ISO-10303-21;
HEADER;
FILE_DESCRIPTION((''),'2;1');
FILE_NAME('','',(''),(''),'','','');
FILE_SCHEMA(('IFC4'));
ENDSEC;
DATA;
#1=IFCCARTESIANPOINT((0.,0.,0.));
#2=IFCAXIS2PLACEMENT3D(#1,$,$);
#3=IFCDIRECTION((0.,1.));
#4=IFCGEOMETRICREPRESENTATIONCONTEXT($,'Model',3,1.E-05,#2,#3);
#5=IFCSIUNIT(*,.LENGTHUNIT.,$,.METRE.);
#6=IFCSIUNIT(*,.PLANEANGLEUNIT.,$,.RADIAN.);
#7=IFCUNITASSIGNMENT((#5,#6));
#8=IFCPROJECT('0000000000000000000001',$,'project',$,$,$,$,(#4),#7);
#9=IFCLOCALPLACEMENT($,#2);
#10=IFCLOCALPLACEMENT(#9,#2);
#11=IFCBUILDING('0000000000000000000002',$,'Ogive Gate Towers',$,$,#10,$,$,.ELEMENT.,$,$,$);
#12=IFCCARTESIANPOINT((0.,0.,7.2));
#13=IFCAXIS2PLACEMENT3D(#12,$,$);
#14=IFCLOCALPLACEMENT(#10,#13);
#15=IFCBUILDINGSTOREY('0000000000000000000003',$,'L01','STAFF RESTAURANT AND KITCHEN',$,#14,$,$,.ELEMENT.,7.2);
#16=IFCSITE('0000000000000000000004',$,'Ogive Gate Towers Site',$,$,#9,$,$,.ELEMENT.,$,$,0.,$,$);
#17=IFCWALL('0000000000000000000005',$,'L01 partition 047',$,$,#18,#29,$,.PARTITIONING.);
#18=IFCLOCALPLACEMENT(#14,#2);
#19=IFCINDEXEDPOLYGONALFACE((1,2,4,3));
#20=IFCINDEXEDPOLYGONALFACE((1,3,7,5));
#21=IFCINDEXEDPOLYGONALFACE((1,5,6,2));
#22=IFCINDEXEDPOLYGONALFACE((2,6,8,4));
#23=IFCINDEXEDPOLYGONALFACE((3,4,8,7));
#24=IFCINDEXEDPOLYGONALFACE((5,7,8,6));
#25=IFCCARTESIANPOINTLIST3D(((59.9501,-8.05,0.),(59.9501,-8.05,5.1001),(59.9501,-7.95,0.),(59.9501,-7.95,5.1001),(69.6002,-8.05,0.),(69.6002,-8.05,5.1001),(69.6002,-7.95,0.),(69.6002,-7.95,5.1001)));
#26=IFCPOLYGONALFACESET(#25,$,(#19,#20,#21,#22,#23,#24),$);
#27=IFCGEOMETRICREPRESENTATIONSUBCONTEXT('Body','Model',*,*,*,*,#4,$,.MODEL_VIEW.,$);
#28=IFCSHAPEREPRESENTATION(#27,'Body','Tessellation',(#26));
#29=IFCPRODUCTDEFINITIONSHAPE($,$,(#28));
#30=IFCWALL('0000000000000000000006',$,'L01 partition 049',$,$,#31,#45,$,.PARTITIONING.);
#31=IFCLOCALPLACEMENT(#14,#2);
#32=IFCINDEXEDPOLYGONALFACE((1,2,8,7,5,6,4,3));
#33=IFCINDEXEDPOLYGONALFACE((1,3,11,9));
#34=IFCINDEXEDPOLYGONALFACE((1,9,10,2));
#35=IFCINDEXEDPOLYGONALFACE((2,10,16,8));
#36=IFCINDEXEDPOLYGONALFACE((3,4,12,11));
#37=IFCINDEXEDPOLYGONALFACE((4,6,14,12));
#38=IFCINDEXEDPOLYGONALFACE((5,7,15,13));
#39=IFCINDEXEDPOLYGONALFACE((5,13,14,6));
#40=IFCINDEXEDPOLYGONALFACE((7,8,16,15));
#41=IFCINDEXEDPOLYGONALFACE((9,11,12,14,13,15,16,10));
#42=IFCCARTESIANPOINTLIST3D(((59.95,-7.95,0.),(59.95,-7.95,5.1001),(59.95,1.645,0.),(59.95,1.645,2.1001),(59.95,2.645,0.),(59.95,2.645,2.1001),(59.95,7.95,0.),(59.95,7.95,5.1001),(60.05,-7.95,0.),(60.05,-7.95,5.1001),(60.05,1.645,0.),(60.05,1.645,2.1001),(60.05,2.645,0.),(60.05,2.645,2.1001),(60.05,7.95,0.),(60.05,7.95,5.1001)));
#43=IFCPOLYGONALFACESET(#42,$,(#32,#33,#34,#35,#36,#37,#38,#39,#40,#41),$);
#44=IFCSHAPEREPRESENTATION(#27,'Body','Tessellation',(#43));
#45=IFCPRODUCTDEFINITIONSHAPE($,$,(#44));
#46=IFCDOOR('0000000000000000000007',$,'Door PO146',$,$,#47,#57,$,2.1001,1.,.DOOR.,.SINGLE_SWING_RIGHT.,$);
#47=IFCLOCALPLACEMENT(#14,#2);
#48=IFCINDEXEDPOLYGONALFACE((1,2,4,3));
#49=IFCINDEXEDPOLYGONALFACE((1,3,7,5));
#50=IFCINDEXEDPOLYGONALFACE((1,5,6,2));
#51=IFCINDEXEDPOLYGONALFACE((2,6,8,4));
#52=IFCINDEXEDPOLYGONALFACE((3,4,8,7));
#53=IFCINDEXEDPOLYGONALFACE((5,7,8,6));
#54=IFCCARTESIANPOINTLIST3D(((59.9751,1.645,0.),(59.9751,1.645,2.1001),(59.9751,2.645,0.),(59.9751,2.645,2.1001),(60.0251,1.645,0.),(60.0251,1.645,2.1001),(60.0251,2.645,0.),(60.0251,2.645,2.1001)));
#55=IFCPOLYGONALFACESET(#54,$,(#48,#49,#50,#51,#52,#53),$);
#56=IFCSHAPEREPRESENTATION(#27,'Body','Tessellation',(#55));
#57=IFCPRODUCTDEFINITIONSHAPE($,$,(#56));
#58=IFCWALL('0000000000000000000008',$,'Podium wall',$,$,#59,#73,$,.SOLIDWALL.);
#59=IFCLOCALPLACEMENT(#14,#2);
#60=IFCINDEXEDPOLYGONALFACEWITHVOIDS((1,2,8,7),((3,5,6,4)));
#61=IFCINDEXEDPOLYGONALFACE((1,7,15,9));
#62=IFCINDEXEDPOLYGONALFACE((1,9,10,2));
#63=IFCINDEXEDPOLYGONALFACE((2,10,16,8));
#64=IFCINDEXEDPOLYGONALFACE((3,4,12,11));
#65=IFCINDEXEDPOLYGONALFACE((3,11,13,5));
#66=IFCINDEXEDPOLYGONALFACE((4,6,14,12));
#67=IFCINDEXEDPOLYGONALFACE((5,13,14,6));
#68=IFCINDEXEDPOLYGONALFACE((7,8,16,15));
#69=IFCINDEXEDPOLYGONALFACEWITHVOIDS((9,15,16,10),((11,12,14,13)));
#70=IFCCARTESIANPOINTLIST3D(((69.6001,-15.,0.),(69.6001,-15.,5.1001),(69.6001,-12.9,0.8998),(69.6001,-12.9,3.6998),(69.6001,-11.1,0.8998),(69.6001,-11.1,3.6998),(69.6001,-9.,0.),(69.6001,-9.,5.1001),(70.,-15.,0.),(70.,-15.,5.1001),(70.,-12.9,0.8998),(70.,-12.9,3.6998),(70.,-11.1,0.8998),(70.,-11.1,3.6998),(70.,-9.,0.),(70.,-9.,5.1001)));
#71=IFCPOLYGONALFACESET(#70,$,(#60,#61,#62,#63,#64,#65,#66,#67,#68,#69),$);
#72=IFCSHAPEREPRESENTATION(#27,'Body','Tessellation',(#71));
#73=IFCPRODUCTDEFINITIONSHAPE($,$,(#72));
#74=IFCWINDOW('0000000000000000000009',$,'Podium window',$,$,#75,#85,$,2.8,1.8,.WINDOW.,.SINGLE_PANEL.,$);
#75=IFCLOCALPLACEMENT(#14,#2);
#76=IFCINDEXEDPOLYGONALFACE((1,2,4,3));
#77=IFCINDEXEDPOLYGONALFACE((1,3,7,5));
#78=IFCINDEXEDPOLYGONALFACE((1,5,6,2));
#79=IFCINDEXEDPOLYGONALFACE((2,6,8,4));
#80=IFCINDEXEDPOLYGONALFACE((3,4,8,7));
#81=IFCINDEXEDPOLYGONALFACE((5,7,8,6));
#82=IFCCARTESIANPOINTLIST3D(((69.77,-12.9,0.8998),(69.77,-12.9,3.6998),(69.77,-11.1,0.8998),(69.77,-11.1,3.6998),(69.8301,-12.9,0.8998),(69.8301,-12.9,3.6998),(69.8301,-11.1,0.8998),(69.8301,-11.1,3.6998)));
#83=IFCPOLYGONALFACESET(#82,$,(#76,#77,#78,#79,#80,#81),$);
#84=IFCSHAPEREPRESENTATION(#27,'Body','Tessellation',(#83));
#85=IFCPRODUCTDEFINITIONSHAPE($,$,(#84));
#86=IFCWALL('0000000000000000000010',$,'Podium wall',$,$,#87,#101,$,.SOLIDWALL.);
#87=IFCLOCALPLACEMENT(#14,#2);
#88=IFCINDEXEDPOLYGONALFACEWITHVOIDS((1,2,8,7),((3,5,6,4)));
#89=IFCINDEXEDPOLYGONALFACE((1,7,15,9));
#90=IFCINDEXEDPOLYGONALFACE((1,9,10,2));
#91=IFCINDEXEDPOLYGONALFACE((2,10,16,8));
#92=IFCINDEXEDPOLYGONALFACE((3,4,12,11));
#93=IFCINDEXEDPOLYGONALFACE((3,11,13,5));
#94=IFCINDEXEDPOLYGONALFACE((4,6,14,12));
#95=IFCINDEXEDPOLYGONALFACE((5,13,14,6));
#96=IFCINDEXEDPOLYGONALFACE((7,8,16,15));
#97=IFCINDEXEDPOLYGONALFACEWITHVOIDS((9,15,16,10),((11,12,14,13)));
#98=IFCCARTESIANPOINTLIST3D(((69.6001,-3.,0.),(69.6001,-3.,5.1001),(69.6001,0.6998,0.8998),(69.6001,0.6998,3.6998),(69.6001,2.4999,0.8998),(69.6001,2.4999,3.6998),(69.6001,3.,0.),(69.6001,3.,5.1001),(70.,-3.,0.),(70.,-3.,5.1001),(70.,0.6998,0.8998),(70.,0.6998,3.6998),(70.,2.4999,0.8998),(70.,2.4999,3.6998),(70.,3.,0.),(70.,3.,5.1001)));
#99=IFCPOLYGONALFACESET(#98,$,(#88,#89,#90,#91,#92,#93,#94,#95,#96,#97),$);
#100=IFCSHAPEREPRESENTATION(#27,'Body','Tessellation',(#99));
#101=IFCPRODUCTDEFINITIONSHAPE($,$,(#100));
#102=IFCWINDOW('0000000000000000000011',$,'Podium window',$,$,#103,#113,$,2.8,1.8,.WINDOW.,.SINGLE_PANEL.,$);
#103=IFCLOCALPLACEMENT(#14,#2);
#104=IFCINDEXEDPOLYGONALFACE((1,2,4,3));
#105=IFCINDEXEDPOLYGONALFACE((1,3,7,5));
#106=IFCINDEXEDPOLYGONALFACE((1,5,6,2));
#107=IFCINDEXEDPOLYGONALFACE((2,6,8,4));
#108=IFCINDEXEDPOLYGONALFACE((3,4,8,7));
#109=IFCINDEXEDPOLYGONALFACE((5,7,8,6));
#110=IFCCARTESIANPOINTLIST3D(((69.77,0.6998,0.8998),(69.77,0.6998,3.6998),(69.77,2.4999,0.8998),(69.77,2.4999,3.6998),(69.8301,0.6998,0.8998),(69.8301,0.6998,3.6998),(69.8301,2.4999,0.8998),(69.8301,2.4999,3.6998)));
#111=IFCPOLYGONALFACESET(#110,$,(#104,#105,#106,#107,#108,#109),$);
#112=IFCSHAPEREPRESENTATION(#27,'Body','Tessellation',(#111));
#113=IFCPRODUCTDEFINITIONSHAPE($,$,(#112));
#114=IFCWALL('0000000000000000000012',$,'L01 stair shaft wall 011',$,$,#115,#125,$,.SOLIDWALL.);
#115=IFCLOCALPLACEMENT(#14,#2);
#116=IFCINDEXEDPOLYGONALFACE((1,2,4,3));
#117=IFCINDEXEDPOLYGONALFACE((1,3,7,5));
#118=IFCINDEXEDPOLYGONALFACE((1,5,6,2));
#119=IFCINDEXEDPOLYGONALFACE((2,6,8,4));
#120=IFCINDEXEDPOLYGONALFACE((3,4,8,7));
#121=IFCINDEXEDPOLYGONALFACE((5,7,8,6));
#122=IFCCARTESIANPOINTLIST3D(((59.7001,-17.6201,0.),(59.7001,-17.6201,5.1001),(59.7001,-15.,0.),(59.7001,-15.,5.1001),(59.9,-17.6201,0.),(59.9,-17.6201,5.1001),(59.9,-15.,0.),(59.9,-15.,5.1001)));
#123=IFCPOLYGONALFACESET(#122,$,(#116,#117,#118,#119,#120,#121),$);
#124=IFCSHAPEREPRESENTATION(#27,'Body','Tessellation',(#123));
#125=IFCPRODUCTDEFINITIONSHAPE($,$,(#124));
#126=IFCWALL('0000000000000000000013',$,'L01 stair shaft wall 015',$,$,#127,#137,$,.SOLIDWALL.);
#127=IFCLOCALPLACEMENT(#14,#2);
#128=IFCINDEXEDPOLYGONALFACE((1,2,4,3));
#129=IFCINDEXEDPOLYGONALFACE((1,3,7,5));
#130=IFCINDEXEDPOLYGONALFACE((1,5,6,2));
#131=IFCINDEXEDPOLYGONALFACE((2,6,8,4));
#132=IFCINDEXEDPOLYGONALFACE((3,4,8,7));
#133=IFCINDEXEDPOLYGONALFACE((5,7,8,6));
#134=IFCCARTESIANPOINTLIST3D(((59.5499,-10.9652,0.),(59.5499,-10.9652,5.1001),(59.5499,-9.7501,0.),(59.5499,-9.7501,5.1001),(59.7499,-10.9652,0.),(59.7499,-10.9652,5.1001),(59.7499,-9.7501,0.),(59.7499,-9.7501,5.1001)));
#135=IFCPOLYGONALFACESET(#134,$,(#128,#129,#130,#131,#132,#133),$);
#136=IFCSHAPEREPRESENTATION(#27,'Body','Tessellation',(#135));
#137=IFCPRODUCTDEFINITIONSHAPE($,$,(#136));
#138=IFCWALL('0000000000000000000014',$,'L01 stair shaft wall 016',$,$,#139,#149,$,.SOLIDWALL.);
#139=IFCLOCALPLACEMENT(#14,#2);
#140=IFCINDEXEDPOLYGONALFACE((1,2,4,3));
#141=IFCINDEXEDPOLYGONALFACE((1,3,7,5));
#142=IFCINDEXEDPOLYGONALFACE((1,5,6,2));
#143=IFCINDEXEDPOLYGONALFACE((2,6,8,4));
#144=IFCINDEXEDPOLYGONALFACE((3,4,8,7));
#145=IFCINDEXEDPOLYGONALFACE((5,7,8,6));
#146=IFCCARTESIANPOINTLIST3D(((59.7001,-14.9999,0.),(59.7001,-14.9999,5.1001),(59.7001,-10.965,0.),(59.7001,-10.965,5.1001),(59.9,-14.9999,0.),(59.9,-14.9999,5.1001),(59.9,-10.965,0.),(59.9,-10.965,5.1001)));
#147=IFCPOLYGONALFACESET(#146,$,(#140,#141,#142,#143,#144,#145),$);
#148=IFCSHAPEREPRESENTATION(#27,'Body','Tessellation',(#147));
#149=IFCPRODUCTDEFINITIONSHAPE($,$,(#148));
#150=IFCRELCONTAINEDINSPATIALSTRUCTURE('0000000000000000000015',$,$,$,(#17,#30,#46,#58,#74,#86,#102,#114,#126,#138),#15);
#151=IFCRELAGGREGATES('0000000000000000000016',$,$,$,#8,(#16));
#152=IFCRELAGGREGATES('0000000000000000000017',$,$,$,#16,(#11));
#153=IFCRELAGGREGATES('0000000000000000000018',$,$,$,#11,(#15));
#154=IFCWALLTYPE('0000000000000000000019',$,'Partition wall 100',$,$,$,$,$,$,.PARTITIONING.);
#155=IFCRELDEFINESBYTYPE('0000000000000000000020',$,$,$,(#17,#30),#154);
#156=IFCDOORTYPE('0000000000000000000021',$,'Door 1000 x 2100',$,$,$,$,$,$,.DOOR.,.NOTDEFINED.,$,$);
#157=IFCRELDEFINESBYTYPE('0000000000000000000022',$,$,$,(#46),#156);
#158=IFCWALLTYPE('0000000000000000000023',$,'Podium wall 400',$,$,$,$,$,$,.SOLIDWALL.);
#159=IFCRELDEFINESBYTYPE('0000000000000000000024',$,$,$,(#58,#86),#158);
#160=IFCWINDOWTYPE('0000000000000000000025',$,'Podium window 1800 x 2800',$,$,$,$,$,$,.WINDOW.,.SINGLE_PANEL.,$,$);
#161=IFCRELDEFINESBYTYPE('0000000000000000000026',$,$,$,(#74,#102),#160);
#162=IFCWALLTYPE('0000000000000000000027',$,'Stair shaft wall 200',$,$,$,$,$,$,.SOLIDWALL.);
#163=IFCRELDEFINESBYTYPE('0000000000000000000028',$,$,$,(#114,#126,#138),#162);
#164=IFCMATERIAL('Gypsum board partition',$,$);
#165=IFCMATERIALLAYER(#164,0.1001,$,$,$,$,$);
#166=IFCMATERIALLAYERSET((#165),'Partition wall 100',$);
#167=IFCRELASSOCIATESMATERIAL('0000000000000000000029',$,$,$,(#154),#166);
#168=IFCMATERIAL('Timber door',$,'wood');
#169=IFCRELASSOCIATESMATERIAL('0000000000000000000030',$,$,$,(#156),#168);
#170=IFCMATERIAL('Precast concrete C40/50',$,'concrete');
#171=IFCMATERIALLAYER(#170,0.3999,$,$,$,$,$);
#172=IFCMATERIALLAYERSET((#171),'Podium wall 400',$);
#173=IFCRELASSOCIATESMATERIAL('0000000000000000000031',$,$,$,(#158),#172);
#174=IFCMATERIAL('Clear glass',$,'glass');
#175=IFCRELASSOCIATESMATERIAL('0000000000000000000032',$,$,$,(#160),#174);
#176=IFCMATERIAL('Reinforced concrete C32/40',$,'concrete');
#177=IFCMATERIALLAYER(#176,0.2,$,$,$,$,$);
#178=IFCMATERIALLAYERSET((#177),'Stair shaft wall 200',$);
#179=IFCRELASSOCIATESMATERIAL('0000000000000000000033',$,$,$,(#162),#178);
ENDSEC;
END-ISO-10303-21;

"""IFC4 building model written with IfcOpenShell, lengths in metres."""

from ifc_helpers import new_model, si_unit, direction, frame, frame_2d, origin, place, context, subcontext, project, spatial, rectangle, extrude, material, layer, layer_set, type_object, element, fill, save


model = new_model("IFC4")

# Units and contexts
model_context = context("Model", 3, precision=1e-05, world=origin(), true_north=direction((0.0, 1.0)))
body_context = subcontext(model_context, "Body", "Model", "MODEL_VIEW")
ifc_project = project(units=[si_unit("LENGTHUNIT", "METRE"), si_unit("PLANEANGLEUNIT", "RADIAN")], contexts=[model_context])

# Site, building, storey
site_placement = place(None, origin())
site = spatial("IfcSite", under=ifc_project, at=site_placement, Name="Ogive Gate Towers Site", CompositionType="ELEMENT", RefElevation=0.0)
building_placement = place(site_placement, origin())
building = spatial("IfcBuilding", under=site, at=building_placement, Name="Ogive Gate Towers", CompositionType="ELEMENT")
storey_placement = place(building_placement, frame((0.0, 0.0, 7.2)))
storey = spatial("IfcBuildingStorey", under=building, at=storey_placement, Name="L01", Description="STAFF RESTAURANT AND KITCHEN", CompositionType="ELEMENT", Elevation=7.2)

# Wall
ifc_material_1 = material(Name="Gypsum board partition")
ifc_layer_1 = layer(ifc_material_1, 0.1001)
ifc_layer_set_1 = layer_set([ifc_layer_1], Name="Partition wall 100")
wall_type_1 = type_object("IfcWallType", Name="Partition wall 100", PredefinedType="PARTITIONING", material=ifc_layer_set_1)
wall_1_placement = place(storey_placement, frame((59.95, -8.0, 0.0), z_axis=(0.0, 0.0, 1.0), x_axis=(1.0, 0.0, 0.0)))
element("IfcWall", 1, at=wall_1_placement, inside=storey, type_object=wall_type_1, Name="L01 partition 047", PredefinedType="PARTITIONING", context=body_context, shape_type="SweptSolid", body=[
    extrude(rectangle(XDim=9.6501, YDim=0.1001, at=frame_2d((4.8252, 0.0))), origin(), (0.0, 0.0, 1.0), 5.1001),
])

# Wall, opening, door
wall_2_placement = place(storey_placement, frame((60.0, -7.95, 0.0), z_axis=(0.0, 0.0, 1.0), x_axis=(0.0, 1.0, 0.0)))
wall_2 = element("IfcWall", 2, at=wall_2_placement, inside=storey, type_object=wall_type_1, Name="L01 partition 049", PredefinedType="PARTITIONING", context=body_context, shape_type="SweptSolid", body=[
    extrude(rectangle(XDim=15.8999, YDim=0.1001, at=frame_2d((7.95, 0.0))), origin(), (0.0, 0.0, 1.0), 5.1001),
])
opening_1_placement = place(wall_2_placement, frame((9.595, 0.0, 0.0)))
opening_1 = element("IfcOpeningElement", 3, at=opening_1_placement, cuts=wall_2, PredefinedType="OPENING", context=body_context, shape_type="SweptSolid", body=[
    extrude(rectangle(XDim=1.0, YDim=2.1001, at=frame_2d((0.5, 1.05))), frame((0.0, 0.0601, 0.0), z_axis=(0.0, -1.0, 0.0), x_axis=(1.0, 0.0, 0.0)), (0.0, 0.0, 1.0), 0.1201),
])
ifc_material_2 = material(Name="Timber door", Category="wood")
door_type_1 = type_object("IfcDoorType", Name="Door 1000 x 2100", OperationType="NOTDEFINED", PredefinedType="DOOR", material=ifc_material_2)
door_1_placement = place(opening_1_placement, origin())
door_1 = element("IfcDoor", 4, at=door_1_placement, inside=storey, type_object=door_type_1, Name="Door PO146", OperationType="SINGLE_SWING_RIGHT", OverallHeight=2.1001, OverallWidth=1.0, PredefinedType="DOOR", context=body_context, shape_type="SweptSolid", body=[
    extrude(rectangle(XDim=1.0, YDim=2.1001, at=frame_2d((0.5, 1.05))), frame((0.0, 0.0249, 0.0), z_axis=(0.0, -1.0, 0.0), x_axis=(1.0, 0.0, 0.0)), (0.0, 0.0, 1.0), 0.05),
])
fill(opening_1, door_1)

# Wall, opening, window
ifc_material_3 = material(Name="Precast concrete C40/50", Category="concrete")
ifc_layer_2 = layer(ifc_material_3, 0.3999)
ifc_layer_set_2 = layer_set([ifc_layer_2], Name="Podium wall 400")
wall_type_2 = type_object("IfcWallType", Name="Podium wall 400", PredefinedType="SOLIDWALL", material=ifc_layer_set_2)
wall_3_placement = place(storey_placement, frame((69.8, -15.0, 0.0), z_axis=(0.0, 0.0, 1.0), x_axis=(0.0, 1.0, 0.0)))
wall_3 = element("IfcWall", 5, at=wall_3_placement, inside=storey, type_object=wall_type_2, Name="Podium wall", PredefinedType="SOLIDWALL", context=body_context, shape_type="SweptSolid", body=[
    extrude(rectangle(XDim=6.0, YDim=0.3999, at=frame_2d((3.0, 0.0))), origin(), (0.0, 0.0, 1.0), 5.1001),
])
opening_2_placement = place(wall_3_placement, frame((2.1001, 0.0, 0.8999)))
opening_2 = element("IfcOpeningElement", 6, at=opening_2_placement, cuts=wall_3, PredefinedType="OPENING", context=body_context, shape_type="SweptSolid", body=[
    extrude(rectangle(XDim=1.8, YDim=2.8, at=frame_2d((0.8999, 1.3999))), frame((0.0, 0.21, 0.0), z_axis=(0.0, -1.0, 0.0), x_axis=(1.0, 0.0, 0.0)), (0.0, 0.0, 1.0), 0.4199),
])
ifc_material_4 = material(Name="Clear glass", Category="glass")
window_type = type_object("IfcWindowType", Name="Podium window 1800 x 2800", PartitioningType="SINGLE_PANEL", PredefinedType="WINDOW", material=ifc_material_4)
window_1_placement = place(opening_2_placement, origin())
window_1 = element("IfcWindow", 7, at=window_1_placement, inside=storey, type_object=window_type, Name="Podium window", OverallHeight=2.8, OverallWidth=1.8, PartitioningType="SINGLE_PANEL", PredefinedType="WINDOW", context=body_context, shape_type="SweptSolid", body=[
    extrude(rectangle(XDim=1.8, YDim=2.8, at=frame_2d((0.8999, 1.3999))), frame((0.0, 0.03, 0.0), z_axis=(0.0, -1.0, 0.0), x_axis=(1.0, 0.0, 0.0)), (0.0, 0.0, 1.0), 0.0601),
])
fill(opening_2, window_1)

# Wall, opening, window
wall_4_placement = place(storey_placement, frame((69.8, -3.0, 0.0), z_axis=(0.0, 0.0, 1.0), x_axis=(0.0, 1.0, 0.0)))
wall_4 = element("IfcWall", 8, at=wall_4_placement, inside=storey, type_object=wall_type_2, Name="Podium wall", PredefinedType="SOLIDWALL", context=body_context, shape_type="SweptSolid", body=[
    extrude(rectangle(XDim=6.0, YDim=0.3999, at=frame_2d((3.0, 0.0))), origin(), (0.0, 0.0, 1.0), 5.1001),
])
opening_3_placement = place(wall_4_placement, frame((3.7, 0.0, 0.8999)))
opening_3 = element("IfcOpeningElement", 9, at=opening_3_placement, cuts=wall_4, PredefinedType="OPENING", context=body_context, shape_type="SweptSolid", body=[
    extrude(rectangle(XDim=1.8, YDim=2.8, at=frame_2d((0.8999, 1.3999))), frame((0.0, 0.21, 0.0), z_axis=(0.0, -1.0, 0.0), x_axis=(1.0, 0.0, 0.0)), (0.0, 0.0, 1.0), 0.4199),
])
window_2_placement = place(opening_3_placement, origin())
window_2 = element("IfcWindow", 10, at=window_2_placement, inside=storey, type_object=window_type, Name="Podium window", OverallHeight=2.8, OverallWidth=1.8, PartitioningType="SINGLE_PANEL", PredefinedType="WINDOW", context=body_context, shape_type="SweptSolid", body=[
    extrude(rectangle(XDim=1.8, YDim=2.8, at=frame_2d((0.8999, 1.3999))), frame((0.0, 0.03, 0.0), z_axis=(0.0, -1.0, 0.0), x_axis=(1.0, 0.0, 0.0)), (0.0, 0.0, 1.0), 0.0601),
])
fill(opening_3, window_2)

# Walls
ifc_material_5 = material(Name="Reinforced concrete C32/40", Category="concrete")
ifc_layer_3 = layer(ifc_material_5, 0.2)
ifc_layer_set_3 = layer_set([ifc_layer_3], Name="Stair shaft wall 200")
wall_type_3 = type_object("IfcWallType", Name="Stair shaft wall 200", PredefinedType="SOLIDWALL", material=ifc_layer_set_3)
wall_5_placement = place(storey_placement, frame((59.8, -17.6201, 0.0), z_axis=(0.0, 0.0, 1.0), x_axis=(0.0, 1.0, 0.0)))
element("IfcWall", 11, at=wall_5_placement, inside=storey, type_object=wall_type_3, Name="L01 stair shaft wall 011", PredefinedType="SOLIDWALL", context=body_context, shape_type="SweptSolid", body=[
    extrude(rectangle(XDim=2.6201, YDim=0.2, at=frame_2d((1.3101, 0.0))), origin(), (0.0, 0.0, 1.0), 5.1001),
])
wall_6_placement = place(storey_placement, frame((59.6499, -10.9651, 0.0), z_axis=(0.0, 0.0, 1.0), x_axis=(0.0, 1.0, 0.0)))
element("IfcWall", 12, at=wall_6_placement, inside=storey, type_object=wall_type_3, Name="L01 stair shaft wall 015", PredefinedType="SOLIDWALL", context=body_context, shape_type="SweptSolid", body=[
    extrude(rectangle(XDim=1.2151, YDim=0.2, at=frame_2d((0.6074, 0.0))), origin(), (0.0, 0.0, 1.0), 5.1001),
])
wall_7_placement = place(storey_placement, frame((59.8, -15.0, 0.0), z_axis=(0.0, 0.0, 1.0), x_axis=(0.0, 1.0, 0.0)))
element("IfcWall", 13, at=wall_7_placement, inside=storey, type_object=wall_type_3, Name="L01 stair shaft wall 016", PredefinedType="SOLIDWALL", context=body_context, shape_type="SweptSolid", body=[
    extrude(rectangle(XDim=4.0349, YDim=0.2, at=frame_2d((2.0176, 0.0))), origin(), (0.0, 0.0, 1.0), 5.1001),
])

save(model, "model.ifc")
